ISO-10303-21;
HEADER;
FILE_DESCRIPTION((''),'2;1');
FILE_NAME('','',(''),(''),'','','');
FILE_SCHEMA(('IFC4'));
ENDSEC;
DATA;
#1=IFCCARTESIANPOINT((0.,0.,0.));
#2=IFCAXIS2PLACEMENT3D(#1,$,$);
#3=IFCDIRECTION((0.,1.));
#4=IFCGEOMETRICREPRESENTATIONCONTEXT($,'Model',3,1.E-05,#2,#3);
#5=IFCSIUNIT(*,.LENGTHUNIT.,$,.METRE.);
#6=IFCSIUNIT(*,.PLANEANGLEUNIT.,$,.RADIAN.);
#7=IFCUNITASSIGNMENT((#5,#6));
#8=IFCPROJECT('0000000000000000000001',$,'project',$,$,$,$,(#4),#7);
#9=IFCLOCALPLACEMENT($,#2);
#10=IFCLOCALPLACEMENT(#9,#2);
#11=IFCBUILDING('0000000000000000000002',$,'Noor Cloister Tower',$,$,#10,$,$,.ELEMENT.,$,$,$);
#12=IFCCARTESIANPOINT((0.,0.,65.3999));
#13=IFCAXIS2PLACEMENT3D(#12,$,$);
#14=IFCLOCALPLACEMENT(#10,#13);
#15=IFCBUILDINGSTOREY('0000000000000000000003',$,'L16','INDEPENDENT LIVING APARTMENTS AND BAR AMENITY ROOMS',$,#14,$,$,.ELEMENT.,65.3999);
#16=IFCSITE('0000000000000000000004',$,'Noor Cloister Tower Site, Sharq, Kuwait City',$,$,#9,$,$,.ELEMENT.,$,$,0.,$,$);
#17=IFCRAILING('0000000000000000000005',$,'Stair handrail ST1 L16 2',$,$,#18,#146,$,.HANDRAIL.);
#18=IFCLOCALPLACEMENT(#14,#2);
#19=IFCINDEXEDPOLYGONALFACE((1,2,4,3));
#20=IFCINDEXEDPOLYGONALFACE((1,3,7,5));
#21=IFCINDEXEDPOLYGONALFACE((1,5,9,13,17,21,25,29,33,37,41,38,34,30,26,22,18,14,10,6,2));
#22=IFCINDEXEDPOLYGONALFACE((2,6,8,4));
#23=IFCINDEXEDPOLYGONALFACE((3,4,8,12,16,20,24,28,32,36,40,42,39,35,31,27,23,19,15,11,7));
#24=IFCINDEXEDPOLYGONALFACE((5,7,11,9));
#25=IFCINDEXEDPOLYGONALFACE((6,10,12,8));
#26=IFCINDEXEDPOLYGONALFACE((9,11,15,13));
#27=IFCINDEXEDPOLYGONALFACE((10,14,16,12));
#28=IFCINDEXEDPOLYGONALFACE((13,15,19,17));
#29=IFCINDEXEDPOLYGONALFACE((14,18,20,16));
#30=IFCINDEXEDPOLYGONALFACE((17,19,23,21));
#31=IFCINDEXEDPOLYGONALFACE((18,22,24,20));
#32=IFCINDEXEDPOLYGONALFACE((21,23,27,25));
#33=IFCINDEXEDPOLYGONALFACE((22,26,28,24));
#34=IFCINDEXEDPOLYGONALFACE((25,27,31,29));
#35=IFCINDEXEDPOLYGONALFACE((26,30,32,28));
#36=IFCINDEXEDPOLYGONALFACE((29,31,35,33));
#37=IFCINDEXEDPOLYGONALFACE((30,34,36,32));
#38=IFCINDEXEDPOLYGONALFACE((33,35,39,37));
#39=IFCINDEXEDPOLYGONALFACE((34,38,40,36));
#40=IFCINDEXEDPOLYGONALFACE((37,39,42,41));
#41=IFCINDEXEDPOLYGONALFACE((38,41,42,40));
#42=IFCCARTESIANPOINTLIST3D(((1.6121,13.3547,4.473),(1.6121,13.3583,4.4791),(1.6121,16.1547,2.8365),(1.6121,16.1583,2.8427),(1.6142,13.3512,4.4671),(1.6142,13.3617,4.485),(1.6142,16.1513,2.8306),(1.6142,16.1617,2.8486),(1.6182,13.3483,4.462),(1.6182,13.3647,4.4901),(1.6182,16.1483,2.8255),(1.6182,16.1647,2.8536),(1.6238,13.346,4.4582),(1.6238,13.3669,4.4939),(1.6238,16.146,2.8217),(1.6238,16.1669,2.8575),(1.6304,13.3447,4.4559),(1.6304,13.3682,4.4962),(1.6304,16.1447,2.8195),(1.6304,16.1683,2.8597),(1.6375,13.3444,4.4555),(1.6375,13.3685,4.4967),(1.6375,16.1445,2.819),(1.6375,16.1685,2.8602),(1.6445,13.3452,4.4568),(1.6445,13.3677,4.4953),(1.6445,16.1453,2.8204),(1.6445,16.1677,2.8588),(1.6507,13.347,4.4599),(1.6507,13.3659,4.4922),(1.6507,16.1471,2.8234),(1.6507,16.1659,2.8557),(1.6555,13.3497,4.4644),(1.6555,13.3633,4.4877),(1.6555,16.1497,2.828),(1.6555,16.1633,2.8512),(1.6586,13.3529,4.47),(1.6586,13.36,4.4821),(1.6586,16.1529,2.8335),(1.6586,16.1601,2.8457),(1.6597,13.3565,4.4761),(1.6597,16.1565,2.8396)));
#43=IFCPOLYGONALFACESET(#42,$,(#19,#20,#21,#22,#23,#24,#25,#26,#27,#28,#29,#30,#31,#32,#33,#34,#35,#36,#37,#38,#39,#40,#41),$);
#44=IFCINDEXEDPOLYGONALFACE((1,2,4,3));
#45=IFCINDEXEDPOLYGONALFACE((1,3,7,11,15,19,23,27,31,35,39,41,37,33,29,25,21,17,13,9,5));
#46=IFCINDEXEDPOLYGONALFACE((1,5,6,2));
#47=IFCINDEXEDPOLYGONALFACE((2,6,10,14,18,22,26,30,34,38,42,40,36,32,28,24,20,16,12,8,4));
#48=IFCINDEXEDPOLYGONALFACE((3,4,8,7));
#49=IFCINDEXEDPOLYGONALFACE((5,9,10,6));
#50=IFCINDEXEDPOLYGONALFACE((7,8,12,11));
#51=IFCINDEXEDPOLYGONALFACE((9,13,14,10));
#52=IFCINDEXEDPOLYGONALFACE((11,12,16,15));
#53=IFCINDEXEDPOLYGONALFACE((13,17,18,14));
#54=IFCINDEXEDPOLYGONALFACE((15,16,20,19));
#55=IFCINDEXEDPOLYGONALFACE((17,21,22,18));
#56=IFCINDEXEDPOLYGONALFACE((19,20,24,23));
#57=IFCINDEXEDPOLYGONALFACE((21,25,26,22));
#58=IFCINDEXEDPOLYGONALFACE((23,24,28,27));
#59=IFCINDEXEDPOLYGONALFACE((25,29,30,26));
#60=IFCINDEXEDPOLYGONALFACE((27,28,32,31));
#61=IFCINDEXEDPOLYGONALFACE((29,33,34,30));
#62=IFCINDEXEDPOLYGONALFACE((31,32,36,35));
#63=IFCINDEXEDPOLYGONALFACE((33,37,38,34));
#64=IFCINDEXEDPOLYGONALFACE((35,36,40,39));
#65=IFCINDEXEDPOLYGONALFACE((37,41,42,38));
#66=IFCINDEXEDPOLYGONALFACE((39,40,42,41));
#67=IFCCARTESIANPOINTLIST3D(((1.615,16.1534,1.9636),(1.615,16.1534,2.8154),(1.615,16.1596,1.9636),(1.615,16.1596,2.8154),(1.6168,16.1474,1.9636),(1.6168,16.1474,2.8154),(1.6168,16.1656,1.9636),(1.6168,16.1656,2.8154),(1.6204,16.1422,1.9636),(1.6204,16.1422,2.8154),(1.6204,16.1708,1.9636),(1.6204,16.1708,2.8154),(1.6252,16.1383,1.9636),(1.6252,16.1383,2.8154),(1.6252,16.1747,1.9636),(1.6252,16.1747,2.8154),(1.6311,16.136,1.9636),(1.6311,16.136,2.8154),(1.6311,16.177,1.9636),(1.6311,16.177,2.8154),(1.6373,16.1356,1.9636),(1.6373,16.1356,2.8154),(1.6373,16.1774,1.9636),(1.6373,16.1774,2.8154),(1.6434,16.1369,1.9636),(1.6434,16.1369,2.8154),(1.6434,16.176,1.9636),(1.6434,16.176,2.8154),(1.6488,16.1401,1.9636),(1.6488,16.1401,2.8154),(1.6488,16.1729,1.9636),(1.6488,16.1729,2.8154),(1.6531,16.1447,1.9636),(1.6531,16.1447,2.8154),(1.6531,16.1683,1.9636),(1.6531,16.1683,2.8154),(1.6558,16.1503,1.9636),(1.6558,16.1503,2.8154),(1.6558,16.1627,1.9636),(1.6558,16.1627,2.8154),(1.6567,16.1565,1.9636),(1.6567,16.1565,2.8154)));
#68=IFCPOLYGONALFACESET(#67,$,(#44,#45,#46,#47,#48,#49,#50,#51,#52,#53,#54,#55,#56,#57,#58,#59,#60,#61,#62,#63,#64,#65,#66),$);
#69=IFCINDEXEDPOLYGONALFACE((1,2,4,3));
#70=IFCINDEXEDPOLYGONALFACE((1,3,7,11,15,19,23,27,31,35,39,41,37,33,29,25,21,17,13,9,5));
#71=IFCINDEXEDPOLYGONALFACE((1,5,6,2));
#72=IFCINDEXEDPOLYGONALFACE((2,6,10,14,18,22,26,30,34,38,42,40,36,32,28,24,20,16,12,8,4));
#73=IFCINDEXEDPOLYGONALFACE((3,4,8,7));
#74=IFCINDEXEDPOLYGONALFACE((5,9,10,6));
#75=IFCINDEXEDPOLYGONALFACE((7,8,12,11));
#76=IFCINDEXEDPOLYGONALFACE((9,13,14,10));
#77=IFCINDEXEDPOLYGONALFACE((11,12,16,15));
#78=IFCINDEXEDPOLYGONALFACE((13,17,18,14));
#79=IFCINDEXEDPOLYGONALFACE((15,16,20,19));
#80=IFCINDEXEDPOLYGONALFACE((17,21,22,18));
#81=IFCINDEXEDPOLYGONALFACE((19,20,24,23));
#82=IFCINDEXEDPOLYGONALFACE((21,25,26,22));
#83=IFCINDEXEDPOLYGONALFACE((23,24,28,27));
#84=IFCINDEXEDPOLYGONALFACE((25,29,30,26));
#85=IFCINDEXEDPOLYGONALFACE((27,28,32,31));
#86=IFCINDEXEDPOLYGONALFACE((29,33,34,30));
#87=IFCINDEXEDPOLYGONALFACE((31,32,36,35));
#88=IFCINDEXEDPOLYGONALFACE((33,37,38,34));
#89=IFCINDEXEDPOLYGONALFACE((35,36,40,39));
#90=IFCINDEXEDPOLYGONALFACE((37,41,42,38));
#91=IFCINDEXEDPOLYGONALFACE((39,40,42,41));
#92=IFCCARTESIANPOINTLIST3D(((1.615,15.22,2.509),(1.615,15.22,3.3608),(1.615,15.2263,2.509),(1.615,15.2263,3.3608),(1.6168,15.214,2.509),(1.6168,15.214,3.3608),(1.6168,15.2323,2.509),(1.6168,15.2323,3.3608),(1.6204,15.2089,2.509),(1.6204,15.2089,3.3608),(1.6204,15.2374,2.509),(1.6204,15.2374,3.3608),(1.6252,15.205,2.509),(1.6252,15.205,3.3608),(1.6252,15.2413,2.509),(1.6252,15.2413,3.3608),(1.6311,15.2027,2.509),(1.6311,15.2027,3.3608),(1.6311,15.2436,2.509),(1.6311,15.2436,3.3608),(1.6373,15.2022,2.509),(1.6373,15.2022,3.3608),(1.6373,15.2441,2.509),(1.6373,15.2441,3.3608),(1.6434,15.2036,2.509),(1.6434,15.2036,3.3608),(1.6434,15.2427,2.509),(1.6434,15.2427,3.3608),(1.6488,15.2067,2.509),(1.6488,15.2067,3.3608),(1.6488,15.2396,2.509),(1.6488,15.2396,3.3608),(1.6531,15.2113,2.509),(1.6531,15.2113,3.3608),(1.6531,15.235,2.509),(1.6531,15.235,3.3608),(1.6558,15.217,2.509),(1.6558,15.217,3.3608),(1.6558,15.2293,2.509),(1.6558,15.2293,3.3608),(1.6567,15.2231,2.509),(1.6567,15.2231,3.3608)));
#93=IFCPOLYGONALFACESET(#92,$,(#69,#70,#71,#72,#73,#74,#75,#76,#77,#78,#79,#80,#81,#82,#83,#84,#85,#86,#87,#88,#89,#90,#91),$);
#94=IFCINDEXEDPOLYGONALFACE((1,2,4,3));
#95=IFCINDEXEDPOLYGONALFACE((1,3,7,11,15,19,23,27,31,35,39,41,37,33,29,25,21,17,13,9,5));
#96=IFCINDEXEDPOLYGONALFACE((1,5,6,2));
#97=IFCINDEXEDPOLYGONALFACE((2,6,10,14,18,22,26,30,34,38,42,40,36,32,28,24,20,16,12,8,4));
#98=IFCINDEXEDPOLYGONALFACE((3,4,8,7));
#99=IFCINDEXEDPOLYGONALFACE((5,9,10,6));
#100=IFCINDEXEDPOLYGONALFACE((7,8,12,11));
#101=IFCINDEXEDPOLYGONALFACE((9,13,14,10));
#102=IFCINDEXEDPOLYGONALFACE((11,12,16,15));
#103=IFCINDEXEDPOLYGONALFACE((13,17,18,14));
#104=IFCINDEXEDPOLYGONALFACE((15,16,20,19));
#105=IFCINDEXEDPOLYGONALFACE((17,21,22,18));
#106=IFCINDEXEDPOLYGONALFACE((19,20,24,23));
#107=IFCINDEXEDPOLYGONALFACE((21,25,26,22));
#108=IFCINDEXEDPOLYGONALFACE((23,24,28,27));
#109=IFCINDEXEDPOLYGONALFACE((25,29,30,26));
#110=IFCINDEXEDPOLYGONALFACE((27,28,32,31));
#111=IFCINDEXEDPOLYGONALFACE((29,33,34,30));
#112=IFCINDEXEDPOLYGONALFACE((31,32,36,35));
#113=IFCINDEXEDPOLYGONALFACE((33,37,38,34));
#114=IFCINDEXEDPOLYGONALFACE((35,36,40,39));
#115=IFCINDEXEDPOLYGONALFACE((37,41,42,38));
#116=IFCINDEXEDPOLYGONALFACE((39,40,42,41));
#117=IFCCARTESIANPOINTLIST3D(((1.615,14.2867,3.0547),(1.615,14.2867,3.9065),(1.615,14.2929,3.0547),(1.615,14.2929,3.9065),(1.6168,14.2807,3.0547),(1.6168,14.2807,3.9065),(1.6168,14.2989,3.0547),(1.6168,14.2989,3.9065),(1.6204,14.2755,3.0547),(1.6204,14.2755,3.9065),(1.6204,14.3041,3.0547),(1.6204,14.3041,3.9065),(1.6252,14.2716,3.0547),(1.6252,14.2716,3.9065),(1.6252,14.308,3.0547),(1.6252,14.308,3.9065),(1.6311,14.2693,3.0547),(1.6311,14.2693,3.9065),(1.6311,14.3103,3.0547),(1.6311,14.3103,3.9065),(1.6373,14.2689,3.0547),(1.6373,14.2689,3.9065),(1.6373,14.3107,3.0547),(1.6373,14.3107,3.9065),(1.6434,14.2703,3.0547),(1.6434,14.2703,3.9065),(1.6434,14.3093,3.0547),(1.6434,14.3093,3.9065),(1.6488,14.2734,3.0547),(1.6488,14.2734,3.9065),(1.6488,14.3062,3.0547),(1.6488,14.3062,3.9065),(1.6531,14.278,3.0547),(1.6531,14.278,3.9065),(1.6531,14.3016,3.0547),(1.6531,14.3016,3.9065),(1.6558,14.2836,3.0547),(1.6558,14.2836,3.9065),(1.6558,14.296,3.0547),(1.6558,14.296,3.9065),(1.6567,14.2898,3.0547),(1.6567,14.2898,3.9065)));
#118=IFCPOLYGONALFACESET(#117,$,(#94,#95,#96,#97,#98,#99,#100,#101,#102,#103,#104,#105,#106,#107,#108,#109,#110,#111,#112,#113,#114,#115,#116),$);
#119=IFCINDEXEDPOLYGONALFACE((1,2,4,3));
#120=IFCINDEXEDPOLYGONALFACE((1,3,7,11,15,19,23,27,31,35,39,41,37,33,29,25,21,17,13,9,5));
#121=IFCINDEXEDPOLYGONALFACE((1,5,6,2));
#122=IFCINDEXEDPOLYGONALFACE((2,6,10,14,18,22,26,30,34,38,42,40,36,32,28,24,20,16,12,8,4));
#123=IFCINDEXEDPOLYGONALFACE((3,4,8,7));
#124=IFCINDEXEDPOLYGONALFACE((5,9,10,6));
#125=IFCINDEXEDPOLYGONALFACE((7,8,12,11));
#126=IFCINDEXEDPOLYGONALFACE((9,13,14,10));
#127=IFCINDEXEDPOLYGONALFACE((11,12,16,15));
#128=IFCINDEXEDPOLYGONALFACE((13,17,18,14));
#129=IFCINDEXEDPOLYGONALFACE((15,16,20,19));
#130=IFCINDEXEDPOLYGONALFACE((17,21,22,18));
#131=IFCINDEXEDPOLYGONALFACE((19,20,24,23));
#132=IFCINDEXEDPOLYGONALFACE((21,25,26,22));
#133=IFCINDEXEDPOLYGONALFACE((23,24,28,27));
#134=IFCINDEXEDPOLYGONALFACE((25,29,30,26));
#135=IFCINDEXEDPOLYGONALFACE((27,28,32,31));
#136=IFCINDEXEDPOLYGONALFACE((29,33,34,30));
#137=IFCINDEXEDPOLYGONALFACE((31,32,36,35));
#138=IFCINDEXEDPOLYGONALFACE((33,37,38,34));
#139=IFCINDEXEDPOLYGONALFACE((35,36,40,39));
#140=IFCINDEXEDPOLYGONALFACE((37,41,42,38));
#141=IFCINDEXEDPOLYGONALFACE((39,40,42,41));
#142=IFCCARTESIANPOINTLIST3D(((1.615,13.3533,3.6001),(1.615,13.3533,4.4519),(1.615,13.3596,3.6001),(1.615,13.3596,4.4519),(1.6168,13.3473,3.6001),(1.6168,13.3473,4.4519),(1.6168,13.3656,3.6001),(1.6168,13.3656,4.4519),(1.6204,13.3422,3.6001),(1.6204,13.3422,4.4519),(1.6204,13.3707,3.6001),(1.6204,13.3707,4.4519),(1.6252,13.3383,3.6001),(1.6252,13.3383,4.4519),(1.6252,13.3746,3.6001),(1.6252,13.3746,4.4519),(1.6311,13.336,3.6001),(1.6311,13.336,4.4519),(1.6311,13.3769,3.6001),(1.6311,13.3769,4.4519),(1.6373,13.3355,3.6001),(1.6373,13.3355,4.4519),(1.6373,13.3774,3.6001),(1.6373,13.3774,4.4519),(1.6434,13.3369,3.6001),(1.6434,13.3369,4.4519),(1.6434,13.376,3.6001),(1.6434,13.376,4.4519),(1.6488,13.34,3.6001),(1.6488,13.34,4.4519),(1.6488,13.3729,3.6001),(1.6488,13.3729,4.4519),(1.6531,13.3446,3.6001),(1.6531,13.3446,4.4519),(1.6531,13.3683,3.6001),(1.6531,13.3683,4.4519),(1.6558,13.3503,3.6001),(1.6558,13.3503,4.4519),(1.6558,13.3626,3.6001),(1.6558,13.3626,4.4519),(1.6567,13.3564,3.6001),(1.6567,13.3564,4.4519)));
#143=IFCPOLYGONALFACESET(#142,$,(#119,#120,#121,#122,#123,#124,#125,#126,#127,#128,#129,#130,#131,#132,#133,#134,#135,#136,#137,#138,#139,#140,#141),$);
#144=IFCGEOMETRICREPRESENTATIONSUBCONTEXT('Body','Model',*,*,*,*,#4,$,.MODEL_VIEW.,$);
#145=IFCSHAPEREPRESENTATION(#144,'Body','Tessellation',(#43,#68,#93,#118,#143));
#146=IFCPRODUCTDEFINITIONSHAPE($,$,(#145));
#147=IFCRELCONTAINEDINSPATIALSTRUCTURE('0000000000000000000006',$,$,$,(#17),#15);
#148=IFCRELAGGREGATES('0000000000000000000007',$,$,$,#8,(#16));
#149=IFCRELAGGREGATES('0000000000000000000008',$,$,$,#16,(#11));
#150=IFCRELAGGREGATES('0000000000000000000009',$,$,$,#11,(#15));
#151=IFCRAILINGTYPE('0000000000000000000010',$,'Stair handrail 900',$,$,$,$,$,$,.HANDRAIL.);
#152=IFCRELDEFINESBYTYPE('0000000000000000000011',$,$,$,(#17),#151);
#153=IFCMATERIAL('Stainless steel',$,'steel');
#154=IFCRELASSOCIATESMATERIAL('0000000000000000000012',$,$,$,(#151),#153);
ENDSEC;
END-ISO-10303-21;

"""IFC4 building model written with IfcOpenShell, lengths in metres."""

from ifc_helpers import new_model, si_unit, direction, frame, origin, origin_2d, place, context, subcontext, project, spatial, circle, extrude, material, type_object, element, save


model = new_model("IFC4")

# Units and contexts
model_context = context("Model", 3, precision=1e-05, world=origin(), true_north=direction((0.0, 1.0)))
body_context = subcontext(model_context, "Body", "Model", "MODEL_VIEW")
ifc_project = project(units=[si_unit("LENGTHUNIT", "METRE"), si_unit("PLANEANGLEUNIT", "RADIAN")], contexts=[model_context])

# Site, building, storey
site_placement = place(None, origin())
site = spatial("IfcSite", under=ifc_project, at=site_placement, Name="Noor Cloister Tower Site, Sharq, Kuwait City", CompositionType="ELEMENT", RefElevation=0.0)
building_placement = place(site_placement, origin())
building = spatial("IfcBuilding", under=site, at=building_placement, Name="Noor Cloister Tower", CompositionType="ELEMENT")
storey_placement = place(building_placement, frame((0.0, 0.0, 65.3999)))
storey = spatial("IfcBuildingStorey", under=building, at=storey_placement, Name="L16", Description="INDEPENDENT LIVING APARTMENTS AND BAR AMENITY ROOMS", CompositionType="ELEMENT", Elevation=65.3999)

# Railing
ifc_material_1 = material(Name="Stainless steel", Category="steel")
railing_type = type_object("IfcRailingType", Name="Stair handrail 900", PredefinedType="HANDRAIL", material=ifc_material_1)
railing_placement = place(storey_placement, frame((1.6357, 16.1565, 1.9636)))
element("IfcRailing", 1, at=railing_placement, inside=storey, type_object=railing_type, Name="Stair handrail ST1 L16 2", PredefinedType="HANDRAIL", context=body_context, shape_type="SweptSolid", body=[
    extrude(circle(Radius=0.0239, at=origin_2d()), frame((0.0, 0.0, 0.876), z_axis=(0.0, -0.863361, 0.504587), x_axis=(1.0, 0.0, 0.0)), (0.0, 0.0, 1.0), 3.2432),
    extrude(circle(Radius=0.021, at=origin_2d()), origin(), (0.0, 0.0, 1.0), 0.8518),
    extrude(circle(Radius=0.021, at=origin_2d()), frame((0.0, -0.9333, 0.5454)), (0.0, 0.0, 1.0), 0.8518),
    extrude(circle(Radius=0.021, at=origin_2d()), frame((0.0, -1.8667, 1.0911)), (0.0, 0.0, 1.0), 0.8518),
    extrude(circle(Radius=0.021, at=origin_2d()), frame((0.0, -2.8, 1.6365)), (0.0, 0.0, 1.0), 0.8518),
])

save(model, "model.ifc")
